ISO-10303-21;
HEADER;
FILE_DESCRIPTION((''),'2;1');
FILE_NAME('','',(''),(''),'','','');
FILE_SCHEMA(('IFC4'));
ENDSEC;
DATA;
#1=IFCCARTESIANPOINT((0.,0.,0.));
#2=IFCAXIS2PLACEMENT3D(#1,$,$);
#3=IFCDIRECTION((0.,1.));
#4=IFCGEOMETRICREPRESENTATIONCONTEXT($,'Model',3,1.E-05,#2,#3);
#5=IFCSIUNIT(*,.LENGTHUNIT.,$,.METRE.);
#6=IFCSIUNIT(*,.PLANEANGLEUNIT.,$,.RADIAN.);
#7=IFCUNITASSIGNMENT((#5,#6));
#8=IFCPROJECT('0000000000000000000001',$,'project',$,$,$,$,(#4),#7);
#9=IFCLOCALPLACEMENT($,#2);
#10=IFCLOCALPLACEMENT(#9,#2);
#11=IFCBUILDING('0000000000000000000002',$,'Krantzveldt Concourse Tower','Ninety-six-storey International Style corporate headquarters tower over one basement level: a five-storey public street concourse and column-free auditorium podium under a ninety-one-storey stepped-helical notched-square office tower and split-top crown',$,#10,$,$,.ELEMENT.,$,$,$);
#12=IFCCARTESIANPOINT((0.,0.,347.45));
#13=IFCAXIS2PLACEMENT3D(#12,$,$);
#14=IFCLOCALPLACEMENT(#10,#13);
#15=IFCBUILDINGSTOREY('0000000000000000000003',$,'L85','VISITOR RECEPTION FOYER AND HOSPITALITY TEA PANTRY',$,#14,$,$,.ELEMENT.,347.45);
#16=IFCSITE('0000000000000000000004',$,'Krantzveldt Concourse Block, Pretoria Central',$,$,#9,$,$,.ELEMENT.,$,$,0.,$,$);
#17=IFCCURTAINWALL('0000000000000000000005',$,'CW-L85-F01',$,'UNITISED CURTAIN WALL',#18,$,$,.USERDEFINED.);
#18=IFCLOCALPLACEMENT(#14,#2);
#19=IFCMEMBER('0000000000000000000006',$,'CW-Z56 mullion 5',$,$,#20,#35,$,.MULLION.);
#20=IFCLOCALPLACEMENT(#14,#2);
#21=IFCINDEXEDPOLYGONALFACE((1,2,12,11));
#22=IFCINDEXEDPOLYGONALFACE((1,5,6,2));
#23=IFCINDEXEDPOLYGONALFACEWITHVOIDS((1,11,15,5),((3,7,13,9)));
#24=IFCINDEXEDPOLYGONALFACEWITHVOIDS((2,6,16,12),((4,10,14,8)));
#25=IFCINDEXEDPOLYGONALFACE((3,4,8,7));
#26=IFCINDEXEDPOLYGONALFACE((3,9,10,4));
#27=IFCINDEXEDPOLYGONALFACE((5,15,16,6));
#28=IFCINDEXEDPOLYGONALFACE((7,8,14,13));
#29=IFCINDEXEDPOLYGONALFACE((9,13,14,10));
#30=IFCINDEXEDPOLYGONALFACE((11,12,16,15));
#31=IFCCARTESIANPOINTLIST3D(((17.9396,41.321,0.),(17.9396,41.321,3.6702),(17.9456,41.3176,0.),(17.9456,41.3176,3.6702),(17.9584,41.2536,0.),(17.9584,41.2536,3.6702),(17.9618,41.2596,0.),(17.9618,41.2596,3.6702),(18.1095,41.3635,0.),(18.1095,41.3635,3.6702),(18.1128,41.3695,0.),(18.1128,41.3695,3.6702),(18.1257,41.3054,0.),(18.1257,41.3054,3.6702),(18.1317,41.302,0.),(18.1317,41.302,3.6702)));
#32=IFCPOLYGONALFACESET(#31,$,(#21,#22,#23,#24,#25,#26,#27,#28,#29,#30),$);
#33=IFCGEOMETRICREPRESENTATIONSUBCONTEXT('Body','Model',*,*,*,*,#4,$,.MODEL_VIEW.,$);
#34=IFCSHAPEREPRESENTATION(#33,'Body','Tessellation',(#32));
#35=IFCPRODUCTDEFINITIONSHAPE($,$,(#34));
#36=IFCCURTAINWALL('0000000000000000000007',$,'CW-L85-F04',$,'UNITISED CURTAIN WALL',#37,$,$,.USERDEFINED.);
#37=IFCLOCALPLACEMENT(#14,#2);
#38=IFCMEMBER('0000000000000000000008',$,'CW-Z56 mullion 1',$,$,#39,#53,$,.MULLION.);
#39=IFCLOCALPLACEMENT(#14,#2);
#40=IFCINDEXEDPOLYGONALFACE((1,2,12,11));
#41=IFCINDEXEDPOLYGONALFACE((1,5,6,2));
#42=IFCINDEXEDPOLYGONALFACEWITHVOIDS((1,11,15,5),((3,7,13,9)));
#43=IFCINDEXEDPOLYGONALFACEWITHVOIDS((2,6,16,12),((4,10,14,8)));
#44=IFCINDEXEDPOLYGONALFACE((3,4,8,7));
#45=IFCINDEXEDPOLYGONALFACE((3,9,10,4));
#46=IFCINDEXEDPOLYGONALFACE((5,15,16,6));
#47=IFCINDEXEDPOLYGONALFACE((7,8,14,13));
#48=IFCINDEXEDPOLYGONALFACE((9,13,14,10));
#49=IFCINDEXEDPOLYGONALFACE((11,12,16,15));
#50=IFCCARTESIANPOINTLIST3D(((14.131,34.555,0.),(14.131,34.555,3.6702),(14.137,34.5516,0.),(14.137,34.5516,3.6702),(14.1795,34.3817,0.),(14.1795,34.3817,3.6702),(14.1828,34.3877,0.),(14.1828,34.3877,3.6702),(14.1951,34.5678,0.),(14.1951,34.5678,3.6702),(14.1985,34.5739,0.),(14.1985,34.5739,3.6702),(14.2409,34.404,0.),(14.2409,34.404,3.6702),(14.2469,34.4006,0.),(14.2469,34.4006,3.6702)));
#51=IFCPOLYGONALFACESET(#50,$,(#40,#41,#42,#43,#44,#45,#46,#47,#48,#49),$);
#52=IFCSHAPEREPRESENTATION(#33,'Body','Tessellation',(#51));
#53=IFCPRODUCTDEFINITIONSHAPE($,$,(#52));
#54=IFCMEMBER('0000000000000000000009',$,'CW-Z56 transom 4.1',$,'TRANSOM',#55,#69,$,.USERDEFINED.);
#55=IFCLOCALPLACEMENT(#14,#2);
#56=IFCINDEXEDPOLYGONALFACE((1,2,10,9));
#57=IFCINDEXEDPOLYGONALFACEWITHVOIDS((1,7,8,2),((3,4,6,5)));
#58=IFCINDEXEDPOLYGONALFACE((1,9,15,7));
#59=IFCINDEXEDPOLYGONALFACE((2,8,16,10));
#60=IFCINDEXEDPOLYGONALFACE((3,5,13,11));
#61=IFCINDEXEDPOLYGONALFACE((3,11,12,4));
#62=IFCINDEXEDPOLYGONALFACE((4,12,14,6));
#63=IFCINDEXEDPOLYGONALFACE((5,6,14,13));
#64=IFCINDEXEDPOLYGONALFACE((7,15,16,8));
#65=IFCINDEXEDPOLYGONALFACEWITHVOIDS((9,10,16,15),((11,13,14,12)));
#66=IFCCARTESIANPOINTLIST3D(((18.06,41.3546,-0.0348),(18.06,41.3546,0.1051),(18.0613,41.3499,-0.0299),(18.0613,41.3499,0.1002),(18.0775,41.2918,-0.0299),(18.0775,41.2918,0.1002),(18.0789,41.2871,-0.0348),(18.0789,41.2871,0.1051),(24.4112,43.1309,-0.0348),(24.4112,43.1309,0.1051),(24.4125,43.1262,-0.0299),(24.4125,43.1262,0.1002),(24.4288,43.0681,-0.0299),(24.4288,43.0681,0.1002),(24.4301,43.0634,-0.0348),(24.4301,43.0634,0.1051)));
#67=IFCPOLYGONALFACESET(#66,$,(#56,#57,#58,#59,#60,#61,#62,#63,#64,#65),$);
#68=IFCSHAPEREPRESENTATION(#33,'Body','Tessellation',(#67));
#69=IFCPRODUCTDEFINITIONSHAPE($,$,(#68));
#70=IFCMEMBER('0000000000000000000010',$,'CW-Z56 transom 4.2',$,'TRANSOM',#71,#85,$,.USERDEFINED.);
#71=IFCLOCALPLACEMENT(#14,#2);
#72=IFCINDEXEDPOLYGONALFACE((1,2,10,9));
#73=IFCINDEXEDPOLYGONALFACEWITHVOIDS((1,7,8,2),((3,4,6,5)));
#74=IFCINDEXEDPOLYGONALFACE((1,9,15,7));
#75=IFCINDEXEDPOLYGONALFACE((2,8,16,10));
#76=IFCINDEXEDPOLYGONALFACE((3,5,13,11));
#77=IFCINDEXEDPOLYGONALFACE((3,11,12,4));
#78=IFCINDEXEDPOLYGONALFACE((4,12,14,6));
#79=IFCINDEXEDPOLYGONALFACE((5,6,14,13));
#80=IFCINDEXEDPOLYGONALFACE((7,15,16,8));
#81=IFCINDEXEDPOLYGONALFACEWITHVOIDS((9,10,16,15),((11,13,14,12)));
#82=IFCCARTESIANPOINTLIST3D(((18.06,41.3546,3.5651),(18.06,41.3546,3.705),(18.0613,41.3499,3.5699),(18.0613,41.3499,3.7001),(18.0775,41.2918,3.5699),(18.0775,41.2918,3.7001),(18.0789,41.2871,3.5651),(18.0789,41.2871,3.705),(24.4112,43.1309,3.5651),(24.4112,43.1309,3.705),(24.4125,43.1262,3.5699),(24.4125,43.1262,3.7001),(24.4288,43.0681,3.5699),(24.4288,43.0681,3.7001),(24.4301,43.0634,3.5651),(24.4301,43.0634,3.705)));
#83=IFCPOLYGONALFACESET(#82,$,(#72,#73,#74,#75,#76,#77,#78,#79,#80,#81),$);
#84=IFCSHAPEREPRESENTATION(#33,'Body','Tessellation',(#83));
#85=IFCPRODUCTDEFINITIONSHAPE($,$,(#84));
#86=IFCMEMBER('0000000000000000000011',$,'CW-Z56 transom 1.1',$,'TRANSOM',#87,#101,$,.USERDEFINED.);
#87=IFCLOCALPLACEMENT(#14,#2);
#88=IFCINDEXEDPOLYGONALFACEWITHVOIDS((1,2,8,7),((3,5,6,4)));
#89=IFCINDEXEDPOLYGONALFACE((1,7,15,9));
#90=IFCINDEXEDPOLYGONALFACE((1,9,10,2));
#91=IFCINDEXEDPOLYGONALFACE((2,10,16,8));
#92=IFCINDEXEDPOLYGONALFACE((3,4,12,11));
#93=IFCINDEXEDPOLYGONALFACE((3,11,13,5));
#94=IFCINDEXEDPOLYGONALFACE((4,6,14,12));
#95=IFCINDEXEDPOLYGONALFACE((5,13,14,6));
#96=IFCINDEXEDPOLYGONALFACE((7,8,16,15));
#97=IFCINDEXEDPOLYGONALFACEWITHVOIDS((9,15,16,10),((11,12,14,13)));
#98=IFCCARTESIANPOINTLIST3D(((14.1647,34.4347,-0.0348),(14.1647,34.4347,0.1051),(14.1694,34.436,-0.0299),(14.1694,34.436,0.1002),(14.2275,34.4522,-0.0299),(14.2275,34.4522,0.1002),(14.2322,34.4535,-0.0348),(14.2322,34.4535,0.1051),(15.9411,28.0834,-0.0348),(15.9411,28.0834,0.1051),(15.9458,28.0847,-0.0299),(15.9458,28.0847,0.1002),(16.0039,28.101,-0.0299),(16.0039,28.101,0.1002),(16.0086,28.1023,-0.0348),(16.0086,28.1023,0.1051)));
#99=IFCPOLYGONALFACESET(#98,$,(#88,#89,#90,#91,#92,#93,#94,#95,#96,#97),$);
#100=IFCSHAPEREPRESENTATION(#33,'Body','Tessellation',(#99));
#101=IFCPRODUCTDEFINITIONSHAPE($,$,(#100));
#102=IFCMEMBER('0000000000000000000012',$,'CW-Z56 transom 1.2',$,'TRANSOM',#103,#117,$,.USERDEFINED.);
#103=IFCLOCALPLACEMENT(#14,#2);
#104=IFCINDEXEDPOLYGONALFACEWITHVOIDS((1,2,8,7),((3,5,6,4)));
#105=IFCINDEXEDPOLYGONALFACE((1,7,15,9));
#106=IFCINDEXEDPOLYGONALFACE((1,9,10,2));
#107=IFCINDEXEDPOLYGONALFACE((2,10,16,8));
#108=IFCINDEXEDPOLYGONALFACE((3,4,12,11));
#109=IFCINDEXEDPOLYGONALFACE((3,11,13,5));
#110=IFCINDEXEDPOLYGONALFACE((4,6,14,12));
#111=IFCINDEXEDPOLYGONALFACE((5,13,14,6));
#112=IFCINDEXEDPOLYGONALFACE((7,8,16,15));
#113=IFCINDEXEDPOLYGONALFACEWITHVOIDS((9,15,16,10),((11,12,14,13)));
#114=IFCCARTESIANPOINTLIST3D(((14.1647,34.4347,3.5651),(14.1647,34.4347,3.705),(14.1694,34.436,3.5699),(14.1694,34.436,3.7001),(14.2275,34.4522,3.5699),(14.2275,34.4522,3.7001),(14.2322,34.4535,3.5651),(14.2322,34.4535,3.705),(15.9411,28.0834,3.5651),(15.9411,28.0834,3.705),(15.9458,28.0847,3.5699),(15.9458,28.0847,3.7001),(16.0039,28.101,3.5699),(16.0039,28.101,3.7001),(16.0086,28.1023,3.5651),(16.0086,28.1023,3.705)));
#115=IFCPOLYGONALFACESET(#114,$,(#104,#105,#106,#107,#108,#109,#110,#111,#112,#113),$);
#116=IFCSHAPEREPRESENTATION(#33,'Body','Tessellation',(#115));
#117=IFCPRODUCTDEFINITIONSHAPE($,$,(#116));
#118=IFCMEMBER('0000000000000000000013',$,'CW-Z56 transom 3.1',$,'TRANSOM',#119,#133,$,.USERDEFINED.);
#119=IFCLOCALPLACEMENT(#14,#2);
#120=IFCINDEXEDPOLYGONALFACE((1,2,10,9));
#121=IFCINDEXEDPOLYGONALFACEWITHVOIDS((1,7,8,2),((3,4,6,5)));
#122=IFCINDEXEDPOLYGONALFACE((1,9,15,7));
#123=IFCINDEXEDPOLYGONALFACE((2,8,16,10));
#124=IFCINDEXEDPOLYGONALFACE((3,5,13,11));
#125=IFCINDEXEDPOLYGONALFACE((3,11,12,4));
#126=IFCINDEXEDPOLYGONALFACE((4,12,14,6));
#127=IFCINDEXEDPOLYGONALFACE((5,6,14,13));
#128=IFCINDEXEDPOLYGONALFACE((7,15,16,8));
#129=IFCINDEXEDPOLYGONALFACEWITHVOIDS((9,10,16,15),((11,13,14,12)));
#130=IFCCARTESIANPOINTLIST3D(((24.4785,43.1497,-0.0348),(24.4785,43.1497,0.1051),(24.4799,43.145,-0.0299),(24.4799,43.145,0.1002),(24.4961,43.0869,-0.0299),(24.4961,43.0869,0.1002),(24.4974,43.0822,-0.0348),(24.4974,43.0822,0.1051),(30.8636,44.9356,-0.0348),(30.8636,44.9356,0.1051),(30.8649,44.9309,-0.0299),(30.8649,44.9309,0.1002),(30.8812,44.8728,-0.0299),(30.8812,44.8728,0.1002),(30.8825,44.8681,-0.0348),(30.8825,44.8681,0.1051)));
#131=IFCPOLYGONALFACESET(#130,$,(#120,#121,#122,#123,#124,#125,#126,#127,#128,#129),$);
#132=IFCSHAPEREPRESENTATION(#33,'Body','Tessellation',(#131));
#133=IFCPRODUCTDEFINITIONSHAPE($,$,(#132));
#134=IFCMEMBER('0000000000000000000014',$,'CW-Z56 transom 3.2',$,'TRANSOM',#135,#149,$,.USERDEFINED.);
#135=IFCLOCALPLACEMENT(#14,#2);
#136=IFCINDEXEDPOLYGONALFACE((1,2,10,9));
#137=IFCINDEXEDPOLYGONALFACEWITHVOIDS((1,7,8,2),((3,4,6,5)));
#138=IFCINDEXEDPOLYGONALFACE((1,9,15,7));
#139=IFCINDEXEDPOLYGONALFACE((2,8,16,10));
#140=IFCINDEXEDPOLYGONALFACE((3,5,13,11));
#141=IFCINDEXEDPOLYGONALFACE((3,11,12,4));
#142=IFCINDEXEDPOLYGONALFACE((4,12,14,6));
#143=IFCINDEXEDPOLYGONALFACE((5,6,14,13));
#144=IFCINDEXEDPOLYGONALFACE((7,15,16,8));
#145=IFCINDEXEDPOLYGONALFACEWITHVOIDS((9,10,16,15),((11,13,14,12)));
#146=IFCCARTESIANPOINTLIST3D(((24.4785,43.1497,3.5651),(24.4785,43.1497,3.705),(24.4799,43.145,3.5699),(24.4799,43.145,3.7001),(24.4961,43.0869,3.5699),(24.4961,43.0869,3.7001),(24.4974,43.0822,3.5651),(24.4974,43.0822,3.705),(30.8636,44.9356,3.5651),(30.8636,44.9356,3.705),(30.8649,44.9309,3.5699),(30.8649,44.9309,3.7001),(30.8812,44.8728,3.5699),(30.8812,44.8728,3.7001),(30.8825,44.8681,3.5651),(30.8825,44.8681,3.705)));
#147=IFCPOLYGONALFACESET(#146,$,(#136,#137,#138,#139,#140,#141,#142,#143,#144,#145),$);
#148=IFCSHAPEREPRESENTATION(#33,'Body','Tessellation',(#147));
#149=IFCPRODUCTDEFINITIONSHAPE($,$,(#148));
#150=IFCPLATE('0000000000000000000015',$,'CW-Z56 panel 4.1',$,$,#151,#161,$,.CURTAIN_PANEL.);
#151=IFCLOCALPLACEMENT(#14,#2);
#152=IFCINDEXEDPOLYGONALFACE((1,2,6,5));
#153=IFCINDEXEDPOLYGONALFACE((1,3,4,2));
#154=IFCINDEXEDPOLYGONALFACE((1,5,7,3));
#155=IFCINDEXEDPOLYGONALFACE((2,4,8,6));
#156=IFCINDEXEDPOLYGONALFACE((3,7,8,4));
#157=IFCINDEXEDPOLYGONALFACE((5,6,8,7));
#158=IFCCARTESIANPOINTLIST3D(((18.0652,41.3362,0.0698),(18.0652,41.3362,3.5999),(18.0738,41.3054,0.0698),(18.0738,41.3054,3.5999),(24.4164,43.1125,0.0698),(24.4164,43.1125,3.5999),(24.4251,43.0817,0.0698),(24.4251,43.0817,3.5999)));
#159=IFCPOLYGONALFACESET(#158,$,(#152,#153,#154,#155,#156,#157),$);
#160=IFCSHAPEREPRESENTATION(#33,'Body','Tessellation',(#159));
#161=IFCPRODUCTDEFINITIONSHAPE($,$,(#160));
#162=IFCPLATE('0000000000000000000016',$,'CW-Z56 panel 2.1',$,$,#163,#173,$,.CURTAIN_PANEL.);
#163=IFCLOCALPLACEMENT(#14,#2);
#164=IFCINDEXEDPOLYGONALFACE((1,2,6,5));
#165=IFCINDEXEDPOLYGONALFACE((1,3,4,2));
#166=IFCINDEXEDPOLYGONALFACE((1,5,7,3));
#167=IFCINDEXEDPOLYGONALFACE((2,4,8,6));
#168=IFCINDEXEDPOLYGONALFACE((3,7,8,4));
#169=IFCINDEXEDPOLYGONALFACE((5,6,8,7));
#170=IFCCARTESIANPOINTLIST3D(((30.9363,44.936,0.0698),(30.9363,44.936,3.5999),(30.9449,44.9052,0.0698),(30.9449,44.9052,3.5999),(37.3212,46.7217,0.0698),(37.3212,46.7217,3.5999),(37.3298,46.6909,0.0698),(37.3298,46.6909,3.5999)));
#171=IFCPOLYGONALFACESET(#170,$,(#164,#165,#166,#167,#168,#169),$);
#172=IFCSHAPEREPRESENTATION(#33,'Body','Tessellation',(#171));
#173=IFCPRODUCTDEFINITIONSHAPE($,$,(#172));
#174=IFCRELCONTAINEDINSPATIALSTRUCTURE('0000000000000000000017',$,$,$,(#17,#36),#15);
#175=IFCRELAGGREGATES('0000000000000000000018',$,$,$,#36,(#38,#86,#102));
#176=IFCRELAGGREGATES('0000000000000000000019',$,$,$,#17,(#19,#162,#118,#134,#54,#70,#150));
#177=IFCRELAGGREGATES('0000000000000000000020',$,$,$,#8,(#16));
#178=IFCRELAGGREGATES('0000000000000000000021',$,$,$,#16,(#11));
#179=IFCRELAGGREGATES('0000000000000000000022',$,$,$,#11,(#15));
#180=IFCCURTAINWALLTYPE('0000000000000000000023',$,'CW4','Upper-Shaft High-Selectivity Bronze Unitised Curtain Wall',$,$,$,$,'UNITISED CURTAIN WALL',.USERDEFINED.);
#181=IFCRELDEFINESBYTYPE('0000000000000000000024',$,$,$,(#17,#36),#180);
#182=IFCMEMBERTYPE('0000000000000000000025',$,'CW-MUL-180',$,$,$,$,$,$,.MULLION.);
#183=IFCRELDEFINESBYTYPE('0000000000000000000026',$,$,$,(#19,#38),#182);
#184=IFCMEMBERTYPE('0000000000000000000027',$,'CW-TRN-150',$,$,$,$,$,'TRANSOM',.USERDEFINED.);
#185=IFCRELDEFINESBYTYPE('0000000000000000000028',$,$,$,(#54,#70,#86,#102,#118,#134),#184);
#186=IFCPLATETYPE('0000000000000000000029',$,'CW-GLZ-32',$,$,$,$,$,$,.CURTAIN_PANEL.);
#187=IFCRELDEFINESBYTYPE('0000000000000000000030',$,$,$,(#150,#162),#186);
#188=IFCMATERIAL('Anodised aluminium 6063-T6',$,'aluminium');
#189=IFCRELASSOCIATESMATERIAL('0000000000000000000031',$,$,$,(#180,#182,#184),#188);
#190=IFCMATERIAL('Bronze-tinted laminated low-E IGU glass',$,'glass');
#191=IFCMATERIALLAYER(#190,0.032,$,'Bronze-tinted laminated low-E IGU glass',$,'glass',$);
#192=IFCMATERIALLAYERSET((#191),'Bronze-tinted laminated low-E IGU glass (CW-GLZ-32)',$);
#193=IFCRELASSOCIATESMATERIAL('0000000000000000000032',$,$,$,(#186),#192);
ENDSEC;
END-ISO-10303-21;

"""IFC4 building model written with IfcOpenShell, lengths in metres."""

from ifc_helpers import new_model, si_unit, direction, frame, origin, origin_2d, place, context, subcontext, project, spatial, rectangle, hollow_rectangle, extrude, source, transform, mapped, material, layer, layer_set, material_profile, profile_set, type_object, type_shapes, element, aggregate, save


model = new_model("IFC4")

# Units and contexts
model_context = context("Model", 3, precision=1e-05, world=origin(), true_north=direction((0.0, 1.0)))
body_context = subcontext(model_context, "Body", "Model", "MODEL_VIEW")
ifc_project = project(units=[si_unit("LENGTHUNIT", "METRE"), si_unit("PLANEANGLEUNIT", "RADIAN")], contexts=[model_context])

# Site, building, storey
site_placement = place(None, origin())
site = spatial("IfcSite", under=ifc_project, at=site_placement, Name="Krantzveldt Concourse Block, Pretoria Central", CompositionType="ELEMENT", RefElevation=0.0)
building_placement = place(site_placement, origin())
building = spatial("IfcBuilding", under=site, at=building_placement, Name="Krantzveldt Concourse Tower", Description="Ninety-six-storey International Style corporate headquarters tower over one basement level: a five-storey public street concourse and column-free auditorium podium under a ninety-one-storey stepped-helical notched-square office tower and split-top crown", CompositionType="ELEMENT")
storey_placement = place(building_placement, frame((0.0, 0.0, 347.45)))
storey = spatial("IfcBuildingStorey", under=building, at=storey_placement, Name="L85", Description="VISITOR RECEPTION FOYER AND HOSPITALITY TEA PANTRY", CompositionType="ELEMENT", Elevation=347.45)

# Curtain wall, member
ifc_material_1 = material(Name="Anodised aluminium 6063-T6", Category="aluminium")
curtain_wall_type = type_object("IfcCurtainWallType", Name="CW4", Description="Upper-Shaft High-Selectivity Bronze Unitised Curtain Wall", ElementType="UNITISED CURTAIN WALL", PredefinedType="USERDEFINED", material=ifc_material_1)
curtain_wall_1_placement = place(storey_placement, origin())
curtain_wall_1 = element("IfcCurtainWall", 1, at=curtain_wall_1_placement, inside=storey, type_object=curtain_wall_type, Name="CW-L85-F01", ObjectType="UNITISED CURTAIN WALL", PredefinedType="USERDEFINED")
ifc_material_profile_1 = material_profile(ifc_material_1, hollow_rectangle(XDim=0.0701, YDim=0.1799, WallThickness=0.0049, at=origin_2d()), Name="Anodised aluminium 6063-T6", Category="aluminium")
ifc_profile_set_1 = profile_set([ifc_material_profile_1], Name="Anodised aluminium 6063-T6 - ALU-MULL 180x70x5")
member_type_1 = type_object("IfcMemberType", Name="CW-MUL-180", PredefinedType="MULLION", material=ifc_profile_set_1)
shared_shape_1 = source(origin(), body_context, "Body", "SweptSolid", [
    extrude(hollow_rectangle(XDim=0.0701, YDim=0.1799, WallThickness=0.0049, at=origin_2d()), origin(), (0.0, 0.0, 1.0), 3.6702),
])
type_shapes(member_type_1, [shared_shape_1])
member_1_placement = place(storey_placement, frame((18.0356, 41.3115, 0.0), z_axis=(0.0, 0.0, 1.0), x_axis=(0.26934, -0.963045, 0.0)))
member_1 = element("IfcMember", 2, at=member_1_placement, type_object=member_type_1, Name="CW-Z56 mullion 5", PredefinedType="MULLION", context=body_context, shape_type="MappedRepresentation", body=[
    mapped(shared_shape_1, transform((0.0, 0.0, 0.0), x_axis=(1.0, 0.0, 0.0), y_axis=(0.0, 1.0, 0.0), z_axis=(0.0, 0.0, 1.0), scale=1.0)),
])

# Curtain wall, member
curtain_wall_2_placement = place(storey_placement, origin())
curtain_wall_2 = element("IfcCurtainWall", 3, at=curtain_wall_2_placement, inside=storey, type_object=curtain_wall_type, Name="CW-L85-F04", ObjectType="UNITISED CURTAIN WALL", PredefinedType="USERDEFINED")
member_2_placement = place(storey_placement, frame((14.189, 34.4778, 0.0), z_axis=(0.0, 0.0, 1.0), x_axis=(0.963045, 0.26934, 0.0)))
member_2 = element("IfcMember", 4, at=member_2_placement, type_object=member_type_1, Name="CW-Z56 mullion 1", PredefinedType="MULLION", context=body_context, shape_type="MappedRepresentation", body=[
    mapped(shared_shape_1, transform((0.0, 0.0, 0.0), x_axis=(1.0, 0.0, 0.0), y_axis=(0.0, 1.0, 0.0), z_axis=(0.0, 0.0, 1.0), scale=1.0)),
])

# Members
ifc_material_profile_2 = material_profile(ifc_material_1, hollow_rectangle(XDim=0.0701, YDim=0.1399, WallThickness=0.0049, at=origin_2d()), Name="Anodised aluminium 6063-T6", Category="aluminium")
ifc_profile_set_2 = profile_set([ifc_material_profile_2], Name="Anodised aluminium 6063-T6 - ALU-TRAN 140x70x5")
member_type_2 = type_object("IfcMemberType", Name="CW-TRN-150", ElementType="TRANSOM", PredefinedType="USERDEFINED", material=ifc_profile_set_2)
shared_shape_2 = source(origin(), body_context, "Body", "SweptSolid", [
    extrude(hollow_rectangle(XDim=0.0701, YDim=0.1399, WallThickness=0.0049, at=origin_2d()), origin(), (0.0, 0.0, 1.0), 6.595),
])
member_3_placement = place(storey_placement, frame((24.4207, 43.0972, 0.0352), z_axis=(-0.963043, -0.269348, 0.0), x_axis=(0.269348, -0.963043, 0.0)))
member_3 = element("IfcMember", 5, at=member_3_placement, type_object=member_type_2, Name="CW-Z56 transom 4.1", ObjectType="TRANSOM", PredefinedType="USERDEFINED", context=body_context, shape_type="MappedRepresentation", body=[
    mapped(shared_shape_2, transform((0.0, 0.0, 0.0), x_axis=(1.0, 0.0, 0.0), y_axis=(0.0, 1.0, 0.0), z_axis=(0.0, 0.0, 1.0), scale=1.0)),
])
member_4_placement = place(storey_placement, frame((24.4207, 43.0972, 3.635), z_axis=(-0.963043, -0.269348, 0.0), x_axis=(0.269348, -0.963043, 0.0)))
member_4 = element("IfcMember", 6, at=member_4_placement, type_object=member_type_2, Name="CW-Z56 transom 4.2", ObjectType="TRANSOM", PredefinedType="USERDEFINED", context=body_context, shape_type="MappedRepresentation", body=[
    mapped(shared_shape_2, transform((0.0, 0.0, 0.0), x_axis=(1.0, 0.0, 0.0), y_axis=(0.0, 1.0, 0.0), z_axis=(0.0, 0.0, 1.0), scale=1.0)),
])
member_5_placement = place(storey_placement, frame((14.1985, 34.4441, 0.0352), z_axis=(0.269348, -0.963043, 0.0), x_axis=(0.963043, 0.269348, 0.0)))
member_5 = element("IfcMember", 7, at=member_5_placement, type_object=member_type_2, Name="CW-Z56 transom 1.1", ObjectType="TRANSOM", PredefinedType="USERDEFINED", context=body_context, shape_type="MappedRepresentation", body=[
    mapped(shared_shape_2, transform((0.0, 0.0, 0.0), x_axis=(1.0, 0.0, 0.0), y_axis=(0.0, 1.0, 0.0), z_axis=(0.0, 0.0, 1.0), scale=1.0)),
])
member_6_placement = place(storey_placement, frame((14.1985, 34.4441, 3.635), z_axis=(0.269348, -0.963043, 0.0), x_axis=(0.963043, 0.269348, 0.0)))
member_6 = element("IfcMember", 8, at=member_6_placement, type_object=member_type_2, Name="CW-Z56 transom 1.2", ObjectType="TRANSOM", PredefinedType="USERDEFINED", context=body_context, shape_type="MappedRepresentation", body=[
    mapped(shared_shape_2, transform((0.0, 0.0, 0.0), x_axis=(1.0, 0.0, 0.0), y_axis=(0.0, 1.0, 0.0), z_axis=(0.0, 0.0, 1.0), scale=1.0)),
])
aggregate(curtain_wall_2, [member_2, member_5, member_6])
shared_shape_3 = source(origin(), body_context, "Body", "SweptSolid", [
    extrude(hollow_rectangle(XDim=0.0701, YDim=0.1399, WallThickness=0.0049, at=origin_2d()), origin(), (0.0, 0.0, 1.0), 6.6301),
])
type_shapes(member_type_2, [shared_shape_2, shared_shape_3])
member_7_placement = place(storey_placement, frame((30.873, 44.9019, 0.0352), z_axis=(-0.963039, -0.269362, 0.0), x_axis=(0.269362, -0.963039, 0.0)))
member_7 = element("IfcMember", 9, at=member_7_placement, type_object=member_type_2, Name="CW-Z56 transom 3.1", ObjectType="TRANSOM", PredefinedType="USERDEFINED", context=body_context, shape_type="MappedRepresentation", body=[
    mapped(shared_shape_3, transform((0.0, 0.0, 0.0), x_axis=(1.0, 0.0, 0.0), y_axis=(0.0, 1.0, 0.0), z_axis=(0.0, 0.0, 1.0), scale=1.0)),
])
member_8_placement = place(storey_placement, frame((30.873, 44.9019, 3.635), z_axis=(-0.963039, -0.269362, 0.0), x_axis=(0.269362, -0.963039, 0.0)))
member_8 = element("IfcMember", 10, at=member_8_placement, type_object=member_type_2, Name="CW-Z56 transom 3.2", ObjectType="TRANSOM", PredefinedType="USERDEFINED", context=body_context, shape_type="MappedRepresentation", body=[
    mapped(shared_shape_3, transform((0.0, 0.0, 0.0), x_axis=(1.0, 0.0, 0.0), y_axis=(0.0, 1.0, 0.0), z_axis=(0.0, 0.0, 1.0), scale=1.0)),
])

# Plates
ifc_material_2 = material(Name="Bronze-tinted laminated low-E IGU glass", Category="glass")
ifc_layer_1 = layer(ifc_material_2, 0.032, Name="Bronze-tinted laminated low-E IGU glass", Category="glass")
ifc_layer_set_1 = layer_set([ifc_layer_1], Name="Bronze-tinted laminated low-E IGU glass (CW-GLZ-32)")
plate_type = type_object("IfcPlateType", Name="CW-GLZ-32", PredefinedType="CURTAIN_PANEL", material=ifc_layer_set_1)
shared_shape_4 = source(origin(), body_context, "Body", "SweptSolid", [
    extrude(rectangle(XDim=6.595, YDim=0.032, at=origin_2d()), origin(), (0.0, 0.0, 1.0), 3.53),
])
plate_1_placement = place(storey_placement, frame((21.2451, 42.209, 0.0698), z_axis=(0.0, 0.0, 1.0), x_axis=(-0.963045, -0.26934, 0.0)))
plate_1 = element("IfcPlate", 11, at=plate_1_placement, type_object=plate_type, Name="CW-Z56 panel 4.1", PredefinedType="CURTAIN_PANEL", context=body_context, shape_type="MappedRepresentation", body=[
    mapped(shared_shape_4, transform((0.0, 0.0, 0.0), x_axis=(1.0, 0.0, 0.0), y_axis=(0.0, 1.0, 0.0), z_axis=(0.0, 0.0, 1.0), scale=1.0)),
])
shared_shape_5 = source(origin(), body_context, "Body", "SweptSolid", [
    extrude(rectangle(XDim=6.6299, YDim=0.032, at=origin_2d()), origin(), (0.0, 0.0, 1.0), 3.53),
])
type_shapes(plate_type, [shared_shape_4, shared_shape_5])
plate_2_placement = place(storey_placement, frame((34.1331, 45.8135, 0.0698), z_axis=(0.0, 0.0, 1.0), x_axis=(-0.963045, -0.26934, 0.0)))
plate_2 = element("IfcPlate", 12, at=plate_2_placement, type_object=plate_type, Name="CW-Z56 panel 2.1", PredefinedType="CURTAIN_PANEL", context=body_context, shape_type="MappedRepresentation", body=[
    mapped(shared_shape_5, transform((0.0, 0.0, 0.0), x_axis=(1.0, 0.0, 0.0), y_axis=(0.0, 1.0, 0.0), z_axis=(0.0, 0.0, 1.0), scale=1.0)),
])
aggregate(curtain_wall_1, [member_1, plate_2, member_7, member_8, member_3, member_4, plate_1])

save(model, "model.ifc")
